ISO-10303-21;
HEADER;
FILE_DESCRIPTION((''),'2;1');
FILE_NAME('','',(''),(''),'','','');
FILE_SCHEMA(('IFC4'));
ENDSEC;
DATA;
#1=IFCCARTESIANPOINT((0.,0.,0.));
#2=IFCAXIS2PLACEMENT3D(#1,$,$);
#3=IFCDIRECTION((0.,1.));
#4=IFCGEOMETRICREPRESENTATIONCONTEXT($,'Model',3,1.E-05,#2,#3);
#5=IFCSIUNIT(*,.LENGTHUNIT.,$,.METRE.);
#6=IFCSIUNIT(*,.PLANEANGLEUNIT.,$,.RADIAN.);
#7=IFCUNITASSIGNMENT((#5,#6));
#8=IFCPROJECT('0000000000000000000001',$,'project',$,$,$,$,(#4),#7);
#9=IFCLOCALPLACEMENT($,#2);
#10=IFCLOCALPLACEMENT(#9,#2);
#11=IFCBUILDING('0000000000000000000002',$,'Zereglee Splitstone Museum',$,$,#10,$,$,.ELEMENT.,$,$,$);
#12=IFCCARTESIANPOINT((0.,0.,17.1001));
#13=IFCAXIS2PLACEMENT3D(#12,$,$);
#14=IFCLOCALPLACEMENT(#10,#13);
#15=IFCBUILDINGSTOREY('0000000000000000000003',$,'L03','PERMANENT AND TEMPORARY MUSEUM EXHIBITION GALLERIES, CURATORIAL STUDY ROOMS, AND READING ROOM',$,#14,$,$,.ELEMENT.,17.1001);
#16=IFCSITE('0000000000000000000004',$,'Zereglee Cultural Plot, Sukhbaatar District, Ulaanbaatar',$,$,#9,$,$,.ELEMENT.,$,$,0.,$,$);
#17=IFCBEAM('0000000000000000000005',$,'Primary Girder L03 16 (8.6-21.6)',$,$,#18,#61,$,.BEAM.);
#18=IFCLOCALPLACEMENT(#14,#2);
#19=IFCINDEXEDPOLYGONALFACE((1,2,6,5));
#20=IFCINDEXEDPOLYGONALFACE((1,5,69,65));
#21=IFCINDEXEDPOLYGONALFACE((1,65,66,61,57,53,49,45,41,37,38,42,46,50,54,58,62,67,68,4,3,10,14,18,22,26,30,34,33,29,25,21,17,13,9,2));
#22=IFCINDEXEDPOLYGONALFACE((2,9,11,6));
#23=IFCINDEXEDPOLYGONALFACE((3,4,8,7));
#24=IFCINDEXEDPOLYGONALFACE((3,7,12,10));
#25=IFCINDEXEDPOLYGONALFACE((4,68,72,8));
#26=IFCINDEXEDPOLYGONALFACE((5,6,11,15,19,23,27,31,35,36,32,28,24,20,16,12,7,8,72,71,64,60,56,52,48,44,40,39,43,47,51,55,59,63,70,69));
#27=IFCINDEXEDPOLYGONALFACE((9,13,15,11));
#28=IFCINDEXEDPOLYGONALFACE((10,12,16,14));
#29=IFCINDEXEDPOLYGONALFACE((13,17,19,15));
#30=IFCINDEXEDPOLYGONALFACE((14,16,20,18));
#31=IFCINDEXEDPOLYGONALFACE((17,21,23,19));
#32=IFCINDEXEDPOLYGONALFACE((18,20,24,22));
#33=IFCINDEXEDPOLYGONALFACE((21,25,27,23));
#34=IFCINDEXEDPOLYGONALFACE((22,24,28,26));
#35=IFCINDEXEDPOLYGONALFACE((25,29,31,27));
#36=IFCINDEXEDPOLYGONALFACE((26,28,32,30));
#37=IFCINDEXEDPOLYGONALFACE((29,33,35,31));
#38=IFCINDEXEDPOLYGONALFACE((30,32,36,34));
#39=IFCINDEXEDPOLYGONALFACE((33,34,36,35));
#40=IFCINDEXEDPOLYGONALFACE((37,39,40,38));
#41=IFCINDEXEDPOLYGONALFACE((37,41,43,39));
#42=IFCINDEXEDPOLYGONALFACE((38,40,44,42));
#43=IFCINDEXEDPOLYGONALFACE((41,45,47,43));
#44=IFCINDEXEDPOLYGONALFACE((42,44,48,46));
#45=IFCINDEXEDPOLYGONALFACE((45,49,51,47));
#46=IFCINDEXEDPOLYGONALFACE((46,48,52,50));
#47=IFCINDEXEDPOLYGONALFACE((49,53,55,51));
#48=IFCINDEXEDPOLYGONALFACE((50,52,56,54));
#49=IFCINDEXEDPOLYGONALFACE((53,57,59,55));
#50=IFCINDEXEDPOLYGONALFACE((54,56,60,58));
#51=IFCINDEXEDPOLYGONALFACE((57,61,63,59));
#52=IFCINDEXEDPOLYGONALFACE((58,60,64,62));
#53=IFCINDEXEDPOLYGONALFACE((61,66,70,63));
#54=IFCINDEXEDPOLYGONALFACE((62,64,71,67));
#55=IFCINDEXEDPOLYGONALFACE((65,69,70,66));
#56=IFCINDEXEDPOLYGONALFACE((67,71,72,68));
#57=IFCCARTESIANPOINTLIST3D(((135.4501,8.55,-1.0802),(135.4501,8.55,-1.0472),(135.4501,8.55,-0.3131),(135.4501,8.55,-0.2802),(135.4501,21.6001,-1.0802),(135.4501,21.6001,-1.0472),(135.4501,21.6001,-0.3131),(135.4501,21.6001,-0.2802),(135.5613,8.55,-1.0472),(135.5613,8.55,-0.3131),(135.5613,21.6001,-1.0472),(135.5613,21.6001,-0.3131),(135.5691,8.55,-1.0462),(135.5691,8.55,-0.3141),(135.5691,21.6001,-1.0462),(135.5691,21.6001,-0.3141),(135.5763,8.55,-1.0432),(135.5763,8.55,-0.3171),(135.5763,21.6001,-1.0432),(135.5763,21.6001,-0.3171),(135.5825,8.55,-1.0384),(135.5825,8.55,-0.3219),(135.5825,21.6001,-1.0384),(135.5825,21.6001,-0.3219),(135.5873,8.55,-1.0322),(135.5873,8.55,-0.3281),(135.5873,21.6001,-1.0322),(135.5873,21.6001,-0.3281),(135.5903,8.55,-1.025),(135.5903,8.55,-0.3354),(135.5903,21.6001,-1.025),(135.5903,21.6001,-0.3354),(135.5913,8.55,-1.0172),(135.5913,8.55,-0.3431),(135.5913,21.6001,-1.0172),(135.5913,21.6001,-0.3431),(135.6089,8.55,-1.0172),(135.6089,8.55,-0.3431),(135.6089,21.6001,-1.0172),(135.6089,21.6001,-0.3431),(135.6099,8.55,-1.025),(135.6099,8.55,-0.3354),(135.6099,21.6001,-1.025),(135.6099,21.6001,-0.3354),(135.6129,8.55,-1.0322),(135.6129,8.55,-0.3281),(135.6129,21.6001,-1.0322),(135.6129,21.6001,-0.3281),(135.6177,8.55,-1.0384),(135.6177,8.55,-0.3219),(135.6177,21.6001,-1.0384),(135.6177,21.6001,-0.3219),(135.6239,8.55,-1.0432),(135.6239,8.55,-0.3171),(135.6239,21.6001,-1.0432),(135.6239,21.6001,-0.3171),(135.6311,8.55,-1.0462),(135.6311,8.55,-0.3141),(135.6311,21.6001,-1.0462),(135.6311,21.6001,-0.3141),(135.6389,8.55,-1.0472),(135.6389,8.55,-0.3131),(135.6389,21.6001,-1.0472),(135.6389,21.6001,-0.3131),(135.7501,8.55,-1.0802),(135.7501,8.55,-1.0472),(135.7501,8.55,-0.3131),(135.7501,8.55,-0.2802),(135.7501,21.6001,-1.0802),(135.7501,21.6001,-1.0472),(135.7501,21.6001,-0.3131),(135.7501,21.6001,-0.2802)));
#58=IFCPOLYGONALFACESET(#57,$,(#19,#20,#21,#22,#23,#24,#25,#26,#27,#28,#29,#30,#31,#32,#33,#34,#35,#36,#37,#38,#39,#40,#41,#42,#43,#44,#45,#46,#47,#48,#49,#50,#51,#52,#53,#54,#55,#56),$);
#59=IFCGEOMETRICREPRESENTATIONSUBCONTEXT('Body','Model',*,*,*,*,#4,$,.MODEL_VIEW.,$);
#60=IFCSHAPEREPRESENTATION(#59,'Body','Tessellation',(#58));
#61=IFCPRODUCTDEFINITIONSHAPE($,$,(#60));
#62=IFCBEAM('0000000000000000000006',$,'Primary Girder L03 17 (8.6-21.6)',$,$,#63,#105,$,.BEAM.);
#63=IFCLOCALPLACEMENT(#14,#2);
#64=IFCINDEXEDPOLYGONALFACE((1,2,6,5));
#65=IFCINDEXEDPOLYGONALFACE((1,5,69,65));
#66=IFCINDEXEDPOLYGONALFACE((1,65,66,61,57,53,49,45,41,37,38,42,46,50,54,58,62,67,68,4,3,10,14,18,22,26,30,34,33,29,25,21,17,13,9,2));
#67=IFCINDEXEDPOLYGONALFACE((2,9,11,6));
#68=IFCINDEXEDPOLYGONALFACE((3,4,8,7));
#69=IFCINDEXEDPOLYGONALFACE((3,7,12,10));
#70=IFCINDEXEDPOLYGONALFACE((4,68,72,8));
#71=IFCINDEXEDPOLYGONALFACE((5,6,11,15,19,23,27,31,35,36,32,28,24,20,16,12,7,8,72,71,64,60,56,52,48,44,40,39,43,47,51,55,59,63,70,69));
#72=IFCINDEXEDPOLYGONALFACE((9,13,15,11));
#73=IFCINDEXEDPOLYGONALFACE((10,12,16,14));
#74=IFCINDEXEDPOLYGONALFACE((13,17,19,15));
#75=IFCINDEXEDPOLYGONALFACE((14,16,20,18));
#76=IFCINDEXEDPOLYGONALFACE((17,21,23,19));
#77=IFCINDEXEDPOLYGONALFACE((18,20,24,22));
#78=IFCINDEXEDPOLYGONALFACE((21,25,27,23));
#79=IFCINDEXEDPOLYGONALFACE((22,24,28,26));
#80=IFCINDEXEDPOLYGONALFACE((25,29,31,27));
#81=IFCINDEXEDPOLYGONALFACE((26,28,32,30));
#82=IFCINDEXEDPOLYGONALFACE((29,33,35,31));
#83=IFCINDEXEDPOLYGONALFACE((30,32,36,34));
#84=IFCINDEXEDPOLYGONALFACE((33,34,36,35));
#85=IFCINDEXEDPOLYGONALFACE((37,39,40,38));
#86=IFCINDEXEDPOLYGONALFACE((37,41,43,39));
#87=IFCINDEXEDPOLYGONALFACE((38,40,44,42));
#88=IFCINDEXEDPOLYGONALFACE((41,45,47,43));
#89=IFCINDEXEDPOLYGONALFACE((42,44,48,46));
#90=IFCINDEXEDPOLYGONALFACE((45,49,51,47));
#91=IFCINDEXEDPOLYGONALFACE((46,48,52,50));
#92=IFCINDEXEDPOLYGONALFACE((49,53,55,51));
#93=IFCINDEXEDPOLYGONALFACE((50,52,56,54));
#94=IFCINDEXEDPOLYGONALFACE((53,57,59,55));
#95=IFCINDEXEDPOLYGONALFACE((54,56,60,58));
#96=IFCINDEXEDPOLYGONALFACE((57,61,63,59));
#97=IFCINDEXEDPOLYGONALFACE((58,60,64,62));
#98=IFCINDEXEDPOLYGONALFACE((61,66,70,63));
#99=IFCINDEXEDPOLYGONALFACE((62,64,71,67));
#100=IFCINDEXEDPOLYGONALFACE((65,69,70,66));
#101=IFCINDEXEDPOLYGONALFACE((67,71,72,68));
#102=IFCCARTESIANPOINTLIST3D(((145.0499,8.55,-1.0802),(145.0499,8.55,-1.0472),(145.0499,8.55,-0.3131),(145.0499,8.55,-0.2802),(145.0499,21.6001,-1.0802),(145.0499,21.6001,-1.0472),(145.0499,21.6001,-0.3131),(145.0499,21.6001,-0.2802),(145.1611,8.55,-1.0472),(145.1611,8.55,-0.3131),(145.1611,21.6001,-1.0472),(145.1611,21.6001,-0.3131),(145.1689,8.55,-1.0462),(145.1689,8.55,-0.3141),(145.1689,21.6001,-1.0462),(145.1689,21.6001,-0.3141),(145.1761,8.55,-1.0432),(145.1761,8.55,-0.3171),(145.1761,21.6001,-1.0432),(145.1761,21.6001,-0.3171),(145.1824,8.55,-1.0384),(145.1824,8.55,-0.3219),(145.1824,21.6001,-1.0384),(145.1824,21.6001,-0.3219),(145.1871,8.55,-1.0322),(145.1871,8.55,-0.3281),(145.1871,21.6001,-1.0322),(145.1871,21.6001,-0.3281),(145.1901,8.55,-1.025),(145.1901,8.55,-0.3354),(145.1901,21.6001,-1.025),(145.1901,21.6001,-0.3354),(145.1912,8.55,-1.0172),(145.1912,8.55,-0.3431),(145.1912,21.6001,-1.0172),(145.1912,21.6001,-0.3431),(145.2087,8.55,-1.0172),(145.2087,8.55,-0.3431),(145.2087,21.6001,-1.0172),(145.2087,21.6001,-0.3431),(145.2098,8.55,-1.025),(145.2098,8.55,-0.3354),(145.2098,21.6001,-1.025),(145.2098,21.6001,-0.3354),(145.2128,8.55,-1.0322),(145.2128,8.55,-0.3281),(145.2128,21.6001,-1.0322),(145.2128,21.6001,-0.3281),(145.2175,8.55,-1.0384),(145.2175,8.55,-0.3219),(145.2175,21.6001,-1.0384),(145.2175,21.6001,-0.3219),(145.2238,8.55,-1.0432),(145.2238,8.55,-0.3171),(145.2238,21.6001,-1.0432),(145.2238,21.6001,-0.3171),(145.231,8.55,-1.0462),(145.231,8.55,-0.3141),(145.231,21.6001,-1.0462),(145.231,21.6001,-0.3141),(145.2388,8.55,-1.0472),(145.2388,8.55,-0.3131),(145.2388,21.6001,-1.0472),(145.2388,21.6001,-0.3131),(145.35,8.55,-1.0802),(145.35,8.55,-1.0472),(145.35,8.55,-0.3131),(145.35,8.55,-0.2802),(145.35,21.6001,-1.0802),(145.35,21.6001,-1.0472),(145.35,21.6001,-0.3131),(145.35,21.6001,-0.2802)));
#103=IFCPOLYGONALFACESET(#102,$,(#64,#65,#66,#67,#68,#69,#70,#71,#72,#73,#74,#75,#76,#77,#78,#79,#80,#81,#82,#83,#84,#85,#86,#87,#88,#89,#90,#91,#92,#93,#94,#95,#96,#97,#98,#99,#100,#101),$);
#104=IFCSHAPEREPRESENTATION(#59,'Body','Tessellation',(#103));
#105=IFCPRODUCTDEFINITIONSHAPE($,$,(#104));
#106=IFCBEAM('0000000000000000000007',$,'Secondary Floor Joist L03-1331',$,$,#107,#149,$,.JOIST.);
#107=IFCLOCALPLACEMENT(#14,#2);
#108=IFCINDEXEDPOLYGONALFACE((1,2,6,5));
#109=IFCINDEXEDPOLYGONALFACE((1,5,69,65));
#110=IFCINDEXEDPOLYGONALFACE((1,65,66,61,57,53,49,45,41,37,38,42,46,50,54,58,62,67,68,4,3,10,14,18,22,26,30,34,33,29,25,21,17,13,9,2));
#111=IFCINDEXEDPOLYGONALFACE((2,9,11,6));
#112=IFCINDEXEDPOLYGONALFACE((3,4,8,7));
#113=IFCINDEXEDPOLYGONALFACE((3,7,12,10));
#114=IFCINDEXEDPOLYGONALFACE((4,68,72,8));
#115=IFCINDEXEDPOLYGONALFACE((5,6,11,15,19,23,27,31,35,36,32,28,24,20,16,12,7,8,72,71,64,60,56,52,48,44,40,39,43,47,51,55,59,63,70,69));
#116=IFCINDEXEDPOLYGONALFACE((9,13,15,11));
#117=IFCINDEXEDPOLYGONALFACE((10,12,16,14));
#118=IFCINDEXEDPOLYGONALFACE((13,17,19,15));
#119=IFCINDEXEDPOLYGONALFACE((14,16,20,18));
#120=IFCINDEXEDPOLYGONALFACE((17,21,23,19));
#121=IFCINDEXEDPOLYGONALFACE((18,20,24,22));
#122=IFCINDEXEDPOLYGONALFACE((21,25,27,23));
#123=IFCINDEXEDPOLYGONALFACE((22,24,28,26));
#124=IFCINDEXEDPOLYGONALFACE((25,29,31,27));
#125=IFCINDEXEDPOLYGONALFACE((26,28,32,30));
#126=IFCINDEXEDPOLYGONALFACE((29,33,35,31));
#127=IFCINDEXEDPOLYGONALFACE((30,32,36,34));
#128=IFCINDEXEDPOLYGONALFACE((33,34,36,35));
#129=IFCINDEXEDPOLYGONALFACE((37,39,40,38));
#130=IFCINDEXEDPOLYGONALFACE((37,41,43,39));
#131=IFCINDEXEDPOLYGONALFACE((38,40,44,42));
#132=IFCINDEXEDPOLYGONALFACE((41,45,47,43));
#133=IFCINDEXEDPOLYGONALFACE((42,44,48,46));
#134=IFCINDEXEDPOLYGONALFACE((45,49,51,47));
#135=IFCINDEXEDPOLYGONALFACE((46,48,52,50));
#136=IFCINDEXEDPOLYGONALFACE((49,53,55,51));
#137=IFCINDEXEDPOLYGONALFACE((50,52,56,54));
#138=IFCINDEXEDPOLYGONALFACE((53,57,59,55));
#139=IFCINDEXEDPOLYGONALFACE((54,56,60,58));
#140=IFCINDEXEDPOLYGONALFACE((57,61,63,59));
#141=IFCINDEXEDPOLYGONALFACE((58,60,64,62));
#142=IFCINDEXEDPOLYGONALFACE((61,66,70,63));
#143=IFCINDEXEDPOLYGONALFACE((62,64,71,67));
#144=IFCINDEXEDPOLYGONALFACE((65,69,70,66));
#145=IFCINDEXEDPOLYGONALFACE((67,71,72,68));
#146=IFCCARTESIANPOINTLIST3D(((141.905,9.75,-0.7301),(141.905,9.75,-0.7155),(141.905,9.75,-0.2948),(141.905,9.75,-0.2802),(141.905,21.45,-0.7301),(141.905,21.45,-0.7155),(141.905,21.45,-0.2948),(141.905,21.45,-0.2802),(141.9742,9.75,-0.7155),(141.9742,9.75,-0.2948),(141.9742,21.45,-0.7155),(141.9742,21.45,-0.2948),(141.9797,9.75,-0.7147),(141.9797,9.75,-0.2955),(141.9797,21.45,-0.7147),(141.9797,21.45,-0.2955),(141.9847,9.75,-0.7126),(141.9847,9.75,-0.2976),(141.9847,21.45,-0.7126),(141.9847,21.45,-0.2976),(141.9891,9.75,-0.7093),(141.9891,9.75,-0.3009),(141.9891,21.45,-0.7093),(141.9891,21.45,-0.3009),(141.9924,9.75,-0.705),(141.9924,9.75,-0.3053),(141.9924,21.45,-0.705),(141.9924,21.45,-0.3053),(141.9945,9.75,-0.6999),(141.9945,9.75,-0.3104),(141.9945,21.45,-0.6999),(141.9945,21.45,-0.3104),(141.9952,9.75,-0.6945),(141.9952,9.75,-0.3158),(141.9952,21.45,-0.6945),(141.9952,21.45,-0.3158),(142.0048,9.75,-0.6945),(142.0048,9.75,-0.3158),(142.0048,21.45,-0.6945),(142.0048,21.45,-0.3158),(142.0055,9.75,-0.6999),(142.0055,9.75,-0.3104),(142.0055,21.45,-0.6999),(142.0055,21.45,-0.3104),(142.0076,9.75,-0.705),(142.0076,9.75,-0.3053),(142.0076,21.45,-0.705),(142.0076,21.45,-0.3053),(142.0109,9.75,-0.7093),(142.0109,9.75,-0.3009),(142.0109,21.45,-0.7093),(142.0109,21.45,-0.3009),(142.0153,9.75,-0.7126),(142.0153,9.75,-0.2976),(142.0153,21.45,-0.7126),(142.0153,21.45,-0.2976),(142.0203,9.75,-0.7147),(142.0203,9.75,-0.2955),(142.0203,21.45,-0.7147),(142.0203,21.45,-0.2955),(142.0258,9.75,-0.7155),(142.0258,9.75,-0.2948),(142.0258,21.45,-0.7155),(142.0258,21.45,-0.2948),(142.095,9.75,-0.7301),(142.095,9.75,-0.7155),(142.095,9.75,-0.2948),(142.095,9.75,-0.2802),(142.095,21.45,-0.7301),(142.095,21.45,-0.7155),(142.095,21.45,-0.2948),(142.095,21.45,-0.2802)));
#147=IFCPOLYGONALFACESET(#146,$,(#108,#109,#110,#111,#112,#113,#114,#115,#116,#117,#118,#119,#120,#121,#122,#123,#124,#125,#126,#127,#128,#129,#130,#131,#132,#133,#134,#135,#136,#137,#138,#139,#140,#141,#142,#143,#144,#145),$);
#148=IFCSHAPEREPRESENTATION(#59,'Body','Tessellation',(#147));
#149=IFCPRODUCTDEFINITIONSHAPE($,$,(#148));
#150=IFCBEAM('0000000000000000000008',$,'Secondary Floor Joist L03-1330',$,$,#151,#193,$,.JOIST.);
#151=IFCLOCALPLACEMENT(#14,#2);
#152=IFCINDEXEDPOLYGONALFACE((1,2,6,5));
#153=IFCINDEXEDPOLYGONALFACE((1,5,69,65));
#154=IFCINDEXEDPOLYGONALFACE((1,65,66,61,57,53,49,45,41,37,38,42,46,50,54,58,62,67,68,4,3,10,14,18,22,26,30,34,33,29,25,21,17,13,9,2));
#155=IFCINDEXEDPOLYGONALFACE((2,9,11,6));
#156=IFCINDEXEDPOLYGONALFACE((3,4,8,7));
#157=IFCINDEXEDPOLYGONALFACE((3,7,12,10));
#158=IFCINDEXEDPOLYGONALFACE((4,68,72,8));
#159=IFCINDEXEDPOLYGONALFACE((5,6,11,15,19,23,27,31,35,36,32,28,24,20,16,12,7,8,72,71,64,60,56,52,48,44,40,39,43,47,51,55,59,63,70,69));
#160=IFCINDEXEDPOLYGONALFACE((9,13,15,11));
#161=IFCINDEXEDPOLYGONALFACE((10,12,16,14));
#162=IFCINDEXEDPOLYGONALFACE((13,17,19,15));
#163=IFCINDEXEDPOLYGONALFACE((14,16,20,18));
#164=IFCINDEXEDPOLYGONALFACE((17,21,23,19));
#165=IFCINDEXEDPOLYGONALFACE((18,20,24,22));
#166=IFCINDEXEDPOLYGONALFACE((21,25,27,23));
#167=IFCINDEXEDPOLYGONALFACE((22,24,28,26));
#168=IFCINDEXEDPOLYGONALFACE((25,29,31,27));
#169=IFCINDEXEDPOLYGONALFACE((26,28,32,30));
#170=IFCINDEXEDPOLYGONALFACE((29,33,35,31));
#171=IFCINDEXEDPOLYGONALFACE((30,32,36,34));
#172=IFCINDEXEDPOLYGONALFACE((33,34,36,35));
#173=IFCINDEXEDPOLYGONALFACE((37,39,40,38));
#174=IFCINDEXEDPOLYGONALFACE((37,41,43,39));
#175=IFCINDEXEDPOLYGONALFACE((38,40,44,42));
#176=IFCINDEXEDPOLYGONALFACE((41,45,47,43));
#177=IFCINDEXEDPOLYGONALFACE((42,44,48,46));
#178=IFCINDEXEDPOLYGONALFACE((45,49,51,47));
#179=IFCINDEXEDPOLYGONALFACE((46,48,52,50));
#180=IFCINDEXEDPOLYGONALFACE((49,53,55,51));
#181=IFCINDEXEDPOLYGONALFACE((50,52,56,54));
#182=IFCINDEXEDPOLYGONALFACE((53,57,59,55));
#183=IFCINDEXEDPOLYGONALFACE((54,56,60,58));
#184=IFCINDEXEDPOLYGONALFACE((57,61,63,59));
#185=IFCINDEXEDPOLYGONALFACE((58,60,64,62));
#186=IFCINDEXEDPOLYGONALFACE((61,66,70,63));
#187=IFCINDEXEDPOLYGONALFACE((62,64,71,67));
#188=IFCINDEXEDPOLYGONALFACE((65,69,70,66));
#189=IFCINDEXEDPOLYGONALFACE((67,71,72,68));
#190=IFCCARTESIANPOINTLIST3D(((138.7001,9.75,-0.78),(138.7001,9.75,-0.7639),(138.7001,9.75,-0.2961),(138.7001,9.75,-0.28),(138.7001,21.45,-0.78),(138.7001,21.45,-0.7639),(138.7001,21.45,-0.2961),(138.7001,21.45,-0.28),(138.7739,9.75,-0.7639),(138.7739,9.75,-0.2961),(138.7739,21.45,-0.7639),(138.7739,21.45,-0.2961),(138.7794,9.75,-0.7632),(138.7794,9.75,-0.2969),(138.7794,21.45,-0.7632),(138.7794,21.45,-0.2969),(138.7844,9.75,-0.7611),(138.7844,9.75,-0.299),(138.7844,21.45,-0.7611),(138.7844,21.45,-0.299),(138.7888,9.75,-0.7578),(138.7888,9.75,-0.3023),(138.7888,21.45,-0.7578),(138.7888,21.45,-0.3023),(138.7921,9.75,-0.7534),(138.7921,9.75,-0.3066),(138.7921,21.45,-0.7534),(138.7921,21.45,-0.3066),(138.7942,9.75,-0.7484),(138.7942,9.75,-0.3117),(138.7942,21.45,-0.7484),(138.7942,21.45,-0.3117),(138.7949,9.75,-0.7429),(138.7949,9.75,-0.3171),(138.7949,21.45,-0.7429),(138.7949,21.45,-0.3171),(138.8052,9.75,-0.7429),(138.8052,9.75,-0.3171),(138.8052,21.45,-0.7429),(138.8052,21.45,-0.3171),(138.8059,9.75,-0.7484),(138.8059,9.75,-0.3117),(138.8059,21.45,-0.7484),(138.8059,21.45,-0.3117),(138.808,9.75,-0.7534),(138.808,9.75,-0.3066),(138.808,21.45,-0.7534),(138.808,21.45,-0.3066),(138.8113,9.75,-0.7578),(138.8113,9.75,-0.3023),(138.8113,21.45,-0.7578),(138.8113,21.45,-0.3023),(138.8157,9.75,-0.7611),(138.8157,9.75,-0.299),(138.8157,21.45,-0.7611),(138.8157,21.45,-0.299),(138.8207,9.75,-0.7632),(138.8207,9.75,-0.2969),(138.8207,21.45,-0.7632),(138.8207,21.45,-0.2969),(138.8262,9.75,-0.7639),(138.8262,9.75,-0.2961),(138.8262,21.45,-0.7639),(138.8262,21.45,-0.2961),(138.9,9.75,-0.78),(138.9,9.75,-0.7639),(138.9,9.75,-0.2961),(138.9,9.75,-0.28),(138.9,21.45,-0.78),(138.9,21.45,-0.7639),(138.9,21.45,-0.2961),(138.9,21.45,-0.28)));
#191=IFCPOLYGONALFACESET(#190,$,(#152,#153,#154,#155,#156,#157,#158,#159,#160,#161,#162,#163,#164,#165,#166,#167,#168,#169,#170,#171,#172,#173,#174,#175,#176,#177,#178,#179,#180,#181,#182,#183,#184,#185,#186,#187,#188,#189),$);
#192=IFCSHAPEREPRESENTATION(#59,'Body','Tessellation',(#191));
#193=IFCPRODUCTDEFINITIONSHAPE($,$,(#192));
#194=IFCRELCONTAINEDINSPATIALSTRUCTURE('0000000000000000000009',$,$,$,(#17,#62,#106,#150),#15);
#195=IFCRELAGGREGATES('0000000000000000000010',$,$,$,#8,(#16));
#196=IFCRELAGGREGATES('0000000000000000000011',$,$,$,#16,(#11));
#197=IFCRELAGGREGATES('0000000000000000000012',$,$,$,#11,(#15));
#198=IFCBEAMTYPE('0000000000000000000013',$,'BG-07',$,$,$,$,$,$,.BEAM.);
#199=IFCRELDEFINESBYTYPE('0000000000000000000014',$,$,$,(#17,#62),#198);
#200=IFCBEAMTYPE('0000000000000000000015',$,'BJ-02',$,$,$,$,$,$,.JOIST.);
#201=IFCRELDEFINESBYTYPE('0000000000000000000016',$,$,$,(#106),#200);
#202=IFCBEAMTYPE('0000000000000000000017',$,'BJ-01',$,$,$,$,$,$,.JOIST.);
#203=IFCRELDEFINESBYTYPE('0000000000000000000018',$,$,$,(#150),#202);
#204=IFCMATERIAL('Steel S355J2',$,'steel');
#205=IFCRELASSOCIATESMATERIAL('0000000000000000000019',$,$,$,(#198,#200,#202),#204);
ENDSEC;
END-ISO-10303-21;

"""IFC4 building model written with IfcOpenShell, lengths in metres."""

from ifc_helpers import new_model, si_unit, direction, frame, origin, origin_2d, place, context, subcontext, project, spatial, i_section, extrude, material, material_profile, profile_set, type_object, element, save


model = new_model("IFC4")

# Units and contexts
model_context = context("Model", 3, precision=1e-05, world=origin(), true_north=direction((0.0, 1.0)))
body_context = subcontext(model_context, "Body", "Model", "MODEL_VIEW")
ifc_project = project(units=[si_unit("LENGTHUNIT", "METRE"), si_unit("PLANEANGLEUNIT", "RADIAN")], contexts=[model_context])

# Site, building, storey
site_placement = place(None, origin())
site = spatial("IfcSite", under=ifc_project, at=site_placement, Name="Zereglee Cultural Plot, Sukhbaatar District, Ulaanbaatar", CompositionType="ELEMENT", RefElevation=0.0)
building_placement = place(site_placement, origin())
building = spatial("IfcBuilding", under=site, at=building_placement, Name="Zereglee Splitstone Museum", CompositionType="ELEMENT")
storey_placement = place(building_placement, frame((0.0, 0.0, 17.1001)))
storey = spatial("IfcBuildingStorey", under=building, at=storey_placement, Name="L03", Description="PERMANENT AND TEMPORARY MUSEUM EXHIBITION GALLERIES, CURATORIAL STUDY ROOMS, AND READING ROOM", CompositionType="ELEMENT", Elevation=17.1001)

# Shared definitions
ifc_material_1 = material(Name="Steel S355J2", Category="steel")

# Beams
ifc_material_profile_1 = material_profile(ifc_material_1, i_section(OverallWidth=0.3, OverallDepth=0.8, WebThickness=0.0176, FlangeThickness=0.033, FilletRadius=0.03, at=origin_2d()), Name="HE 800 B")
ifc_profile_set_1 = profile_set([ifc_material_profile_1], Name="Steel S355J2")
beam_type_1 = type_object("IfcBeamType", Name="BG-07", PredefinedType="BEAM", material=ifc_profile_set_1)
for number, where, z_axis, x_axis, name in (
    (1, (135.6001, 8.55, -0.6802), (0.0, 1.0, 0.0), (-1.0, 0.0, 0.0), "Primary Girder L03 16 (8.6-21.6)"),
    (2, (145.2, 8.55, -0.6802), (0.0, 1.0, 0.0), (-1.0, 0.0, 0.0), "Primary Girder L03 17 (8.6-21.6)"),
):
    element("IfcBeam", number, at=place(storey_placement, frame(where, z_axis=z_axis, x_axis=x_axis)), inside=storey, type_object=beam_type_1, Name=name, PredefinedType="BEAM", context=body_context, shape_type="SweptSolid", body=[
        extrude(i_section(OverallWidth=0.3, OverallDepth=0.8, WebThickness=0.0176, FlangeThickness=0.033, FilletRadius=0.03, at=origin_2d()), origin(), (0.0, 0.0, 1.0), 13.05),
    ])
ifc_material_profile_2 = material_profile(ifc_material_1, i_section(OverallWidth=0.1899, OverallDepth=0.45, WebThickness=0.0095, FlangeThickness=0.0146, FilletRadius=0.021, at=origin_2d()), Name="IPE 450")
ifc_profile_set_2 = profile_set([ifc_material_profile_2], Name="Steel S355J2")
beam_type_2 = type_object("IfcBeamType", Name="BJ-02", PredefinedType="JOIST", material=ifc_profile_set_2)
beam_1_placement = place(storey_placement, frame((142.0, 9.75, -0.5051), z_axis=(0.0, 1.0, 0.0), x_axis=(-1.0, 0.0, 0.0)))
element("IfcBeam", 3, at=beam_1_placement, inside=storey, type_object=beam_type_2, Name="Secondary Floor Joist L03-1331", PredefinedType="JOIST", context=body_context, shape_type="SweptSolid", body=[
    extrude(i_section(OverallWidth=0.1899, OverallDepth=0.45, WebThickness=0.0095, FlangeThickness=0.0146, FilletRadius=0.021, at=origin_2d()), origin(), (0.0, 0.0, 1.0), 11.7),
])
ifc_material_profile_3 = material_profile(ifc_material_1, i_section(OverallWidth=0.2, OverallDepth=0.5, WebThickness=0.0103, FlangeThickness=0.0161, FilletRadius=0.021, at=origin_2d()), Name="IPE 500")
ifc_profile_set_3 = profile_set([ifc_material_profile_3], Name="Steel S355J2")
beam_type_3 = type_object("IfcBeamType", Name="BJ-01", PredefinedType="JOIST", material=ifc_profile_set_3)
beam_2_placement = place(storey_placement, frame((138.8, 9.75, -0.53), z_axis=(0.0, 1.0, 0.0), x_axis=(-1.0, 0.0, 0.0)))
element("IfcBeam", 4, at=beam_2_placement, inside=storey, type_object=beam_type_3, Name="Secondary Floor Joist L03-1330", PredefinedType="JOIST", context=body_context, shape_type="SweptSolid", body=[
    extrude(i_section(OverallWidth=0.2, OverallDepth=0.5, WebThickness=0.0103, FlangeThickness=0.0161, FilletRadius=0.021, at=origin_2d()), origin(), (0.0, 0.0, 1.0), 11.7),
])

save(model, "model.ifc")
